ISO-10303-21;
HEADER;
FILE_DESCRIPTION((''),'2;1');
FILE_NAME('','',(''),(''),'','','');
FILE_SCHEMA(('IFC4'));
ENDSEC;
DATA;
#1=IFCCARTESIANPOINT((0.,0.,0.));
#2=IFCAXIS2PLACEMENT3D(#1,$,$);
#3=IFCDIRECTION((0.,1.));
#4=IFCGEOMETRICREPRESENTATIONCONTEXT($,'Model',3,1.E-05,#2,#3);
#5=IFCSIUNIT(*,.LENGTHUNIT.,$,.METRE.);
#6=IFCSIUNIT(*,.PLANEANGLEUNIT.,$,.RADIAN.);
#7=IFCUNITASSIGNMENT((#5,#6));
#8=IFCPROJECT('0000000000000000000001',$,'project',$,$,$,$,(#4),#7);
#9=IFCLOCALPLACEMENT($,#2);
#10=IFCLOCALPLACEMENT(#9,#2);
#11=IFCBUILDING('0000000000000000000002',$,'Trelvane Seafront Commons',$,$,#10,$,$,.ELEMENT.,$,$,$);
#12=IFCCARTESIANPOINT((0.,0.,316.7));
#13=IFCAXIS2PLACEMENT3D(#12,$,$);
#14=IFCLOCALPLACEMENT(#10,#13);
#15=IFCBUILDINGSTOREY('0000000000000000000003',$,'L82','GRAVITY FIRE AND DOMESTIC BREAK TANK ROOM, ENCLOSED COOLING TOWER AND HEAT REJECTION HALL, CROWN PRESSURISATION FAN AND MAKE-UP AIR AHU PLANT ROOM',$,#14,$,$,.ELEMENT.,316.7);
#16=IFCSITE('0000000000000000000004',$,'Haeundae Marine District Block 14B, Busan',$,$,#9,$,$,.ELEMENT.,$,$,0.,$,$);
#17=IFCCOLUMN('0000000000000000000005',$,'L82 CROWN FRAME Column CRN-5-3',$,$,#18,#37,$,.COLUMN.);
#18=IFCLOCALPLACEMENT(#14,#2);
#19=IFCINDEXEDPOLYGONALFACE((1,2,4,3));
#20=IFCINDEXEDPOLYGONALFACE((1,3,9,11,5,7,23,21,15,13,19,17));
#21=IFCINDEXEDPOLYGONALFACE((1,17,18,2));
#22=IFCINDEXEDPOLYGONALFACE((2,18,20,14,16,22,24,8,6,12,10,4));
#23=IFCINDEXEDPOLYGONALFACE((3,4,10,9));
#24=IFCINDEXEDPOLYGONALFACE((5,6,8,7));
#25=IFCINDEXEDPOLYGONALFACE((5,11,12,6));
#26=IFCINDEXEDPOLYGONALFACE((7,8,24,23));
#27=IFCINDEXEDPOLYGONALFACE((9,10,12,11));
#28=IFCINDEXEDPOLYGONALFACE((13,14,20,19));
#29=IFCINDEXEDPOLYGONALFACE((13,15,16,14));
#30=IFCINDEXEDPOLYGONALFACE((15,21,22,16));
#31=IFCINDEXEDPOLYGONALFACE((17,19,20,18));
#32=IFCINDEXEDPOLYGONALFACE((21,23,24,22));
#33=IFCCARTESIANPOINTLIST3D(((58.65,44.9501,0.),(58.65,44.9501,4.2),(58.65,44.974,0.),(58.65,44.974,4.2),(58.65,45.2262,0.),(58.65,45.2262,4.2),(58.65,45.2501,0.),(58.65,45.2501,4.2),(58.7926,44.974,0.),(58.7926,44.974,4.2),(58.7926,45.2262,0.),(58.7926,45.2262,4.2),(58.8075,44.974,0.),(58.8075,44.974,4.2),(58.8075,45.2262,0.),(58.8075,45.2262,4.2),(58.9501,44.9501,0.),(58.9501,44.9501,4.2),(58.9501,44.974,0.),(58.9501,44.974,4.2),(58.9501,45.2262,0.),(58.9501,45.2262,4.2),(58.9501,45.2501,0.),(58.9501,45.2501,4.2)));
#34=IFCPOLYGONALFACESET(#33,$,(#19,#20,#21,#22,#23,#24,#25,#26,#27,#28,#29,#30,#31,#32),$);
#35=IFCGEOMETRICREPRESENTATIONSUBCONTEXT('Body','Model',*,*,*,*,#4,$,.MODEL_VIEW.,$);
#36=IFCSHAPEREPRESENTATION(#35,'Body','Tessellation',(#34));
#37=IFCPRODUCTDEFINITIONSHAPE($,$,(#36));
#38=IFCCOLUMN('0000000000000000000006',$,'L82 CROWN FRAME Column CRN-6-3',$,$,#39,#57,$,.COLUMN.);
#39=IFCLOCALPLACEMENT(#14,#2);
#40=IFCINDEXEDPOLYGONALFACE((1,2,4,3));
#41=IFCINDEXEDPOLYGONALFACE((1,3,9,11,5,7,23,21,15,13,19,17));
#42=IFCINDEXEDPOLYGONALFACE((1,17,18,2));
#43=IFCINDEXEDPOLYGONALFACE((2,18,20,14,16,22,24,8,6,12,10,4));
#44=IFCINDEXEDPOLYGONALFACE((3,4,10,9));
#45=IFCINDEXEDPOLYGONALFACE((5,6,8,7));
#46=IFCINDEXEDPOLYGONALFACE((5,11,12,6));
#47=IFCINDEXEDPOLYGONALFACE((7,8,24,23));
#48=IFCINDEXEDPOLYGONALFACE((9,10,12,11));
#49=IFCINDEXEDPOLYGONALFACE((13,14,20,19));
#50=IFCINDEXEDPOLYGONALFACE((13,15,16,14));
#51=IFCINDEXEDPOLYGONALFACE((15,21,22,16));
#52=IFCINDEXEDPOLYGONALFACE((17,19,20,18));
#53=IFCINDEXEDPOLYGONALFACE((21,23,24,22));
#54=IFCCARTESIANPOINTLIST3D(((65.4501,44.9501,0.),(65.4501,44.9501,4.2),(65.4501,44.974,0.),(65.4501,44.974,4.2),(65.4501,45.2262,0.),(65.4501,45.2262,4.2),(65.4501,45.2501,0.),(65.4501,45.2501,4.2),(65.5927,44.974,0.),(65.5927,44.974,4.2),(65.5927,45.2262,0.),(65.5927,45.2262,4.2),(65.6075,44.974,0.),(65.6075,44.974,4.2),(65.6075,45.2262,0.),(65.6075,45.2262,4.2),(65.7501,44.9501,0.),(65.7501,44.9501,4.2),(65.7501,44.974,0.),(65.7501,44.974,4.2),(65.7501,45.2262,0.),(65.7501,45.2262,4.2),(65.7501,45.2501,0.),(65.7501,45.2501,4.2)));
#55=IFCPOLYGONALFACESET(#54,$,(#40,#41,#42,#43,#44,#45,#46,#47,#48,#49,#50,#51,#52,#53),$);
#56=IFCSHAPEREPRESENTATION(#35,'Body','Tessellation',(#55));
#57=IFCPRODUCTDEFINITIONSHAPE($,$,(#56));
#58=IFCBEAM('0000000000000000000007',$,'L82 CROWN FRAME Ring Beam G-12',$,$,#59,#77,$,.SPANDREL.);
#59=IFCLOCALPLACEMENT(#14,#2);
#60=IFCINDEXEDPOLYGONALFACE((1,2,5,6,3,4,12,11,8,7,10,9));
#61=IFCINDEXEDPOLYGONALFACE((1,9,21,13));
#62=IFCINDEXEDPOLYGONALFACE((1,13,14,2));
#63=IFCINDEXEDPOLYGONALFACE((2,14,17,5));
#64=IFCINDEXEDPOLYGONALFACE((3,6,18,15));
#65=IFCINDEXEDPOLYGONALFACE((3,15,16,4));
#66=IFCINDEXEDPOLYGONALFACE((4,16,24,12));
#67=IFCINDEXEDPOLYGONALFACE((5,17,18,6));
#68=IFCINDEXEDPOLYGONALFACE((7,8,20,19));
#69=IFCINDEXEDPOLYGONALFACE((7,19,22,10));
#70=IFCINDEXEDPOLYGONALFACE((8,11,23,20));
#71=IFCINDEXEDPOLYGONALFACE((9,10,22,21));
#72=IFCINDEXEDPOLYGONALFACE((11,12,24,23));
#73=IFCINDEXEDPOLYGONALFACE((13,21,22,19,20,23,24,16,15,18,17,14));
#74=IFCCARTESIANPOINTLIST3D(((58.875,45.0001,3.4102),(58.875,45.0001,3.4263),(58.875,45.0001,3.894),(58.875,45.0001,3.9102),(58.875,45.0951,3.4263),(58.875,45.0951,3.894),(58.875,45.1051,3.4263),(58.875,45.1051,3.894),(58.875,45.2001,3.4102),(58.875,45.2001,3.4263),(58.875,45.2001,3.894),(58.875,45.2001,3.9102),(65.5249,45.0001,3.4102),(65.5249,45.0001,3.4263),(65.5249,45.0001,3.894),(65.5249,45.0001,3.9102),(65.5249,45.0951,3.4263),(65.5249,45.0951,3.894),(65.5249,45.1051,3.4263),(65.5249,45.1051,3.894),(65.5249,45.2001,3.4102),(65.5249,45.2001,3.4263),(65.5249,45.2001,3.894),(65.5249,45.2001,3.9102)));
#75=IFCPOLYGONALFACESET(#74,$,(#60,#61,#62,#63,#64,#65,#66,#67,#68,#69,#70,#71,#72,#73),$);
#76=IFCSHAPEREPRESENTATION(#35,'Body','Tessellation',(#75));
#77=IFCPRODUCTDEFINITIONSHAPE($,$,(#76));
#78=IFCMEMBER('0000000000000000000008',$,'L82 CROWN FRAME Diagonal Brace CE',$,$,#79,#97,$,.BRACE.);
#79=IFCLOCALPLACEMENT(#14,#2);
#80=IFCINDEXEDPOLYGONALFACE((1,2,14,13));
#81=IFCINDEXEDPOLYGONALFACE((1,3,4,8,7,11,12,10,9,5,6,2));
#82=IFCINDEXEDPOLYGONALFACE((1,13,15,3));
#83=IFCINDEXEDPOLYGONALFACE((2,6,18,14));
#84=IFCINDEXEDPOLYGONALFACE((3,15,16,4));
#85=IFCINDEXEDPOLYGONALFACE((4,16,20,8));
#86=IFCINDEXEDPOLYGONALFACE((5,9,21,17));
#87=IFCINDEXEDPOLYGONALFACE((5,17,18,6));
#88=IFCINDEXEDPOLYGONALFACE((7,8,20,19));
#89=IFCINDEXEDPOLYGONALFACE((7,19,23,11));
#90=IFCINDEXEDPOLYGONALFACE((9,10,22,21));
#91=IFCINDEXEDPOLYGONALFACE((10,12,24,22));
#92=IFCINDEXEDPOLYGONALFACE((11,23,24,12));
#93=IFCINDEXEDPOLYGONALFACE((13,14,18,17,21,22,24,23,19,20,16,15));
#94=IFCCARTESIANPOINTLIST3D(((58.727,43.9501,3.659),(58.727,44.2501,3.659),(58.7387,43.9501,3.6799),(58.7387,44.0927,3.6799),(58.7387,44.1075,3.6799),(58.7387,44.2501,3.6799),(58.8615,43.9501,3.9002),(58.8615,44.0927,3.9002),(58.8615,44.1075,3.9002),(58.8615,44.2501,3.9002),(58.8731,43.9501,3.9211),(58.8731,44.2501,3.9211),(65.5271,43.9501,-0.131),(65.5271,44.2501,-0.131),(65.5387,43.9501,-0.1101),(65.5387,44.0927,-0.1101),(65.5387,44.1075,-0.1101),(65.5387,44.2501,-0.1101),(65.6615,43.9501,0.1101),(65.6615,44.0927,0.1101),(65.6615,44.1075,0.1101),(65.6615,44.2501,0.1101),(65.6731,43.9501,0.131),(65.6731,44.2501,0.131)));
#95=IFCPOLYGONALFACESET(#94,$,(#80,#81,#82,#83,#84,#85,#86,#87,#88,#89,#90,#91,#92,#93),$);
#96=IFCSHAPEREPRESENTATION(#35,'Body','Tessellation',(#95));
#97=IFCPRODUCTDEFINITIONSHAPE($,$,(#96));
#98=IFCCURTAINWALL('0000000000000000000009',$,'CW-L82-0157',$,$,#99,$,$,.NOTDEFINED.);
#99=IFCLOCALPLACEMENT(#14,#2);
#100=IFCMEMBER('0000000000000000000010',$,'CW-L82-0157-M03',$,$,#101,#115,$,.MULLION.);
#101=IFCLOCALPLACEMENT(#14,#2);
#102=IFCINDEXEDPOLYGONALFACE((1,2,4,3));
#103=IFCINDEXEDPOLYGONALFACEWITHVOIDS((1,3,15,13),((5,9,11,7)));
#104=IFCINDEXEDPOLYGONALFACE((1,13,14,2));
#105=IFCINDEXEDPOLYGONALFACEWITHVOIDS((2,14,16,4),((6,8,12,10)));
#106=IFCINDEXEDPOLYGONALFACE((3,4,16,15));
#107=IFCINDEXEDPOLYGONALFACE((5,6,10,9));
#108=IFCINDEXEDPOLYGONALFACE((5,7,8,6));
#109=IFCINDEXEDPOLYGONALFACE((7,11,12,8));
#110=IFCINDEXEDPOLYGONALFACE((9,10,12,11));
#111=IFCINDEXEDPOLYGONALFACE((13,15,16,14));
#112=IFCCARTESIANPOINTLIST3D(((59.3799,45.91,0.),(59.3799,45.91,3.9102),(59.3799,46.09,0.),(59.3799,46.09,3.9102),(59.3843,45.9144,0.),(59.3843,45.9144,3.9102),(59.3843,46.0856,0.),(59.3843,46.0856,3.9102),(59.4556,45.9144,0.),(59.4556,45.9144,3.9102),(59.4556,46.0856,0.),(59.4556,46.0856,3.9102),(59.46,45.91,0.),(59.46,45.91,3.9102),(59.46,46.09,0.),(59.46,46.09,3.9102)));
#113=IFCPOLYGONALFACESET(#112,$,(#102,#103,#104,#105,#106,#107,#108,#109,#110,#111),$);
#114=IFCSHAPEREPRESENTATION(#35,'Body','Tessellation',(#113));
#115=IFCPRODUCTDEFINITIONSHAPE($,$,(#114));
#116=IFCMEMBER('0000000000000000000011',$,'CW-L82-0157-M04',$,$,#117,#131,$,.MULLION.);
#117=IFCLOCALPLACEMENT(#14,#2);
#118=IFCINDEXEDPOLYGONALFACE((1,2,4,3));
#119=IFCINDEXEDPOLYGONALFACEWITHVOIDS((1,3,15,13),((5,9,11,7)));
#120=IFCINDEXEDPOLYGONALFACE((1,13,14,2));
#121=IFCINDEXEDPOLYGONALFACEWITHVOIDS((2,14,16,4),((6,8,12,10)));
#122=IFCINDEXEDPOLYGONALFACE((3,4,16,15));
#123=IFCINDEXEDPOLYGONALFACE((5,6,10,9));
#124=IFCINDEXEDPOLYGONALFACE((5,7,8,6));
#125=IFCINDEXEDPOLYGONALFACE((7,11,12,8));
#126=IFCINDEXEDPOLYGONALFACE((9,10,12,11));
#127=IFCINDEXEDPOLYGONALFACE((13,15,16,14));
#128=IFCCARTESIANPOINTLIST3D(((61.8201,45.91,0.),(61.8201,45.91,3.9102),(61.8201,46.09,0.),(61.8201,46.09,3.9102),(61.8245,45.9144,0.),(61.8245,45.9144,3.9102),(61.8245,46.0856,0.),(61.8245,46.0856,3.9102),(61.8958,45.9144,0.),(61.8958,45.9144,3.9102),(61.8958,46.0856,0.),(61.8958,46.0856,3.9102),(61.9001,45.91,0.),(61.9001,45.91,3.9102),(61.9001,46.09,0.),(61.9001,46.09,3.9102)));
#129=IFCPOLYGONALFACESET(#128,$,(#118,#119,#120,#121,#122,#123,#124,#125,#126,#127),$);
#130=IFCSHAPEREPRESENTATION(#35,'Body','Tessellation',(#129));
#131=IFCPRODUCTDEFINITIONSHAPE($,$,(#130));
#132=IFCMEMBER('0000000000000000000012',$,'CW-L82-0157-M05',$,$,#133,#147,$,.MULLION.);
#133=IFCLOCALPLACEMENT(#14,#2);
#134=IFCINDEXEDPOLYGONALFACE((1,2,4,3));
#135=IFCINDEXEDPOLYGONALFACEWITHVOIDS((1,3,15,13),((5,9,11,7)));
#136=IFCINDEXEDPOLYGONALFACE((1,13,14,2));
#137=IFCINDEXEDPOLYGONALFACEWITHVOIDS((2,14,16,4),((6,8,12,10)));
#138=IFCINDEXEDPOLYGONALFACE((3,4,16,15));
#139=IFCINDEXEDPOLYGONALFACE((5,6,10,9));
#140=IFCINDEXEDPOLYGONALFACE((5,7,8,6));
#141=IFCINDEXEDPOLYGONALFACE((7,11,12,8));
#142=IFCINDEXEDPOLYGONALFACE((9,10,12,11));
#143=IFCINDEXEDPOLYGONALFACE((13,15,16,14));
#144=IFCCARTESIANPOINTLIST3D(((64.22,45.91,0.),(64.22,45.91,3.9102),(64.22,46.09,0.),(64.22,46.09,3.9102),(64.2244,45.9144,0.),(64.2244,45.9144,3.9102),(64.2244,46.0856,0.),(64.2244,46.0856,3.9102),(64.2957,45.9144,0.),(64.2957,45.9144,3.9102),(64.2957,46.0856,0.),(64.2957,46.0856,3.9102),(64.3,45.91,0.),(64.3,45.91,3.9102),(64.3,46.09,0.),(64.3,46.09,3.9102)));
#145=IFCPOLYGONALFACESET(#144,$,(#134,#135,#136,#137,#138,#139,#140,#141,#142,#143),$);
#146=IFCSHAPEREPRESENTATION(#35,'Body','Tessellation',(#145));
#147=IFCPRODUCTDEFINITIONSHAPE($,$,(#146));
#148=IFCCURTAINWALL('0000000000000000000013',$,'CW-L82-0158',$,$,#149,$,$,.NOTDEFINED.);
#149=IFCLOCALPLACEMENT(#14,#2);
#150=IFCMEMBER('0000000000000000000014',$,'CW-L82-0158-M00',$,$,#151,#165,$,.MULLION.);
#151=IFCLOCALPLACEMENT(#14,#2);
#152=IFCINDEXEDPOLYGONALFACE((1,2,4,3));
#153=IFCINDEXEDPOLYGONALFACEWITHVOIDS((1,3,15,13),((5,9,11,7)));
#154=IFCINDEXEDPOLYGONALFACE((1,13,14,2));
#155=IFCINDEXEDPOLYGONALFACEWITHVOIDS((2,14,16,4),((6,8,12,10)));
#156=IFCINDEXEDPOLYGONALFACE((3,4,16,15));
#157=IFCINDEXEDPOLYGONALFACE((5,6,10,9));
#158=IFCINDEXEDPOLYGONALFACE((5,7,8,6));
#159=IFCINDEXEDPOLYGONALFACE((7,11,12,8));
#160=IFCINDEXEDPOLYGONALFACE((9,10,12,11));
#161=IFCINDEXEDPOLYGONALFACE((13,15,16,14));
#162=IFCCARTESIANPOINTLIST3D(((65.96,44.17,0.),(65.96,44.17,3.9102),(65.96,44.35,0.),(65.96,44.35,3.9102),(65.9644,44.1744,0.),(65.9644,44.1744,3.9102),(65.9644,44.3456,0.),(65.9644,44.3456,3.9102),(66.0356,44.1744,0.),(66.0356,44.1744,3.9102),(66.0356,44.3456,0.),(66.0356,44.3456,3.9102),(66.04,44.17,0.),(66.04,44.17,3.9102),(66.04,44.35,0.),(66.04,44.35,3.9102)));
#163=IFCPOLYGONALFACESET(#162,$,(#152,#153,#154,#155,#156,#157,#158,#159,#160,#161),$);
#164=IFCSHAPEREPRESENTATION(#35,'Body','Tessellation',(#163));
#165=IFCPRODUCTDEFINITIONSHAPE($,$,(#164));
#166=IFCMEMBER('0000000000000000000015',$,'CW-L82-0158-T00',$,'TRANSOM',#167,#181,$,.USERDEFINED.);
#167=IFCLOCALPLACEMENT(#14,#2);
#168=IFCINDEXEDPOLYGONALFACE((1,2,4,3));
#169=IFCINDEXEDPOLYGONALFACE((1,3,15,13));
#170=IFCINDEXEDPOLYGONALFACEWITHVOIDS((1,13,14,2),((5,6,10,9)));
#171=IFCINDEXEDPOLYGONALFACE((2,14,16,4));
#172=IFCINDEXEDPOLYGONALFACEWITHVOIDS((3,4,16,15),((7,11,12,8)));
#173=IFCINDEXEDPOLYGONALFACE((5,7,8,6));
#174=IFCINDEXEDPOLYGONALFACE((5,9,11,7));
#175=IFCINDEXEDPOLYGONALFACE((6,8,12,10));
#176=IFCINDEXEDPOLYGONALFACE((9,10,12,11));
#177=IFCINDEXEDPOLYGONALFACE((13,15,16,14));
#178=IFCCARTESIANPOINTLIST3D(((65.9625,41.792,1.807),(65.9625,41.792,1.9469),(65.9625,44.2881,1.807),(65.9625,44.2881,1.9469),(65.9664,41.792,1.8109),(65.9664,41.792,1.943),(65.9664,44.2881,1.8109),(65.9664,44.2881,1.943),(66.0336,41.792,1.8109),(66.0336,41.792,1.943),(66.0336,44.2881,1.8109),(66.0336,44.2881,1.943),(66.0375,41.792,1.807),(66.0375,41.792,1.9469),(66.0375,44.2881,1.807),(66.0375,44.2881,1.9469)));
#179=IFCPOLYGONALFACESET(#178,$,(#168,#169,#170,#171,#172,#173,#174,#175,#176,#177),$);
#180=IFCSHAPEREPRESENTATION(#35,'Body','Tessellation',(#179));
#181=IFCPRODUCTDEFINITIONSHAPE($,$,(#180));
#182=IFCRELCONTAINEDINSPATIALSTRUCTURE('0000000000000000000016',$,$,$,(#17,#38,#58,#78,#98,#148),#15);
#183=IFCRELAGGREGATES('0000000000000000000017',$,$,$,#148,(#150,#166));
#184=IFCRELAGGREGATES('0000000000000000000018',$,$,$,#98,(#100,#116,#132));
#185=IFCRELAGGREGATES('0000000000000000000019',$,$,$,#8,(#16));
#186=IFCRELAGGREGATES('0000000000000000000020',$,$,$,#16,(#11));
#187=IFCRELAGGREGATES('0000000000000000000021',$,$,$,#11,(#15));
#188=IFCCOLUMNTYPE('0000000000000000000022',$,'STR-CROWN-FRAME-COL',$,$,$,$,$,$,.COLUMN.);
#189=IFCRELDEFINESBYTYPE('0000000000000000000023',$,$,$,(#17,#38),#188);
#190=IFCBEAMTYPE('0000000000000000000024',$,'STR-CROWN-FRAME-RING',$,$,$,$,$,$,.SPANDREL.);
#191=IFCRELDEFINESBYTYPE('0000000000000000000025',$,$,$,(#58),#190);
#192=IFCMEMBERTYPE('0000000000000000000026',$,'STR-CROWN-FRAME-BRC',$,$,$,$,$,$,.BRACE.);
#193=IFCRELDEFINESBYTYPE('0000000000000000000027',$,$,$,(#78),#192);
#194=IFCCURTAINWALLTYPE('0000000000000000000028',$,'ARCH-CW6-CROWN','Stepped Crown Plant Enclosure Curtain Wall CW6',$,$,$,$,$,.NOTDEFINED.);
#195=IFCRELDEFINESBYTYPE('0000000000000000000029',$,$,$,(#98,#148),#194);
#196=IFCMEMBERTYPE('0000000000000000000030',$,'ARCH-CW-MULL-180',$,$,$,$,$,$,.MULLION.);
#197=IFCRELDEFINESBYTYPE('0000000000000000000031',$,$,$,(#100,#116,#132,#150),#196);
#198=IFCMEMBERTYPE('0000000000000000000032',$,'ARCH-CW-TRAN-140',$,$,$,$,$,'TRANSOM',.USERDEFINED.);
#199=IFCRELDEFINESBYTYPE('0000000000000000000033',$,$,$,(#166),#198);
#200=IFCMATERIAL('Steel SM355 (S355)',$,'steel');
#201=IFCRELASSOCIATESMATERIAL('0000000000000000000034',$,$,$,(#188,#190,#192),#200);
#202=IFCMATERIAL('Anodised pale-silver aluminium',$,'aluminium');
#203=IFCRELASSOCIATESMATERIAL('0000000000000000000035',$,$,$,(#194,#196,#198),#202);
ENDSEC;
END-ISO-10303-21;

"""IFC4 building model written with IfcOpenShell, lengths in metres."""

from ifc_helpers import new_model, si_unit, direction, frame, origin, origin_2d, place, context, subcontext, project, spatial, hollow_rectangle, i_section, extrude, source, transform, mapped, material, material_profile, profile_set, type_object, element, aggregate, save


model = new_model("IFC4")

# Units and contexts
model_context = context("Model", 3, precision=1e-05, world=origin(), true_north=direction((0.0, 1.0)))
body_context = subcontext(model_context, "Body", "Model", "MODEL_VIEW")
ifc_project = project(units=[si_unit("LENGTHUNIT", "METRE"), si_unit("PLANEANGLEUNIT", "RADIAN")], contexts=[model_context])

# Site, building, storey
site_placement = place(None, origin())
site = spatial("IfcSite", under=ifc_project, at=site_placement, Name="Haeundae Marine District Block 14B, Busan", CompositionType="ELEMENT", RefElevation=0.0)
building_placement = place(site_placement, origin())
building = spatial("IfcBuilding", under=site, at=building_placement, Name="Trelvane Seafront Commons", CompositionType="ELEMENT")
storey_placement = place(building_placement, frame((0.0, 0.0, 316.7)))
storey = spatial("IfcBuildingStorey", under=building, at=storey_placement, Name="L82", Description="GRAVITY FIRE AND DOMESTIC BREAK TANK ROOM, ENCLOSED COOLING TOWER AND HEAT REJECTION HALL, CROWN PRESSURISATION FAN AND MAKE-UP AIR AHU PLANT ROOM", CompositionType="ELEMENT", Elevation=316.7)

# Columns
ifc_material_1 = material(Name="Steel SM355 (S355)", Category="steel")
ifc_material_profile_1 = material_profile(ifc_material_1, i_section(OverallWidth=0.3, OverallDepth=0.3, WebThickness=0.0149, FlangeThickness=0.0239, at=origin_2d()), Name="HD-300x300x15x24")
ifc_profile_set_1 = profile_set([ifc_material_profile_1], Name="Steel SM355 (S355)")
column_type = type_object("IfcColumnType", Name="STR-CROWN-FRAME-COL", PredefinedType="COLUMN", material=ifc_profile_set_1)
shared_shape_1 = source(origin(), body_context, "Body", "SweptSolid", [
    extrude(i_section(OverallWidth=0.3, OverallDepth=0.3, WebThickness=0.0149, FlangeThickness=0.0239, at=origin_2d()), origin(), (0.0, 0.0, 1.0), 4.2),
])
for number, where, z_axis, x_axis, name in (
    (1, (58.8, 45.1001, 0.0), (0.0, 0.0, 1.0), (1.0, 0.0, 0.0), "L82 CROWN FRAME Column CRN-5-3"),
    (2, (65.6001, 45.1001, 0.0), (0.0, 0.0, 1.0), (1.0, 0.0, 0.0), "L82 CROWN FRAME Column CRN-6-3"),
):
    element("IfcColumn", number, at=place(storey_placement, frame(where, z_axis=z_axis, x_axis=x_axis)), inside=storey, type_object=column_type, Name=name, PredefinedType="COLUMN", context=body_context, shape_type="MappedRepresentation", body=[
        mapped(shared_shape_1, transform((0.0, 0.0, 0.0), x_axis=(1.0, 0.0, 0.0), y_axis=(0.0, 1.0, 0.0), z_axis=(0.0, 0.0, 1.0), scale=1.0)),
    ])

# Beam
ifc_material_profile_2 = material_profile(ifc_material_1, i_section(OverallWidth=0.2, OverallDepth=0.5, WebThickness=0.01, FlangeThickness=0.0161, at=origin_2d()), Name="H-500x200x10x16")
ifc_profile_set_2 = profile_set([ifc_material_profile_2], Name="Steel SM355 (S355)")
beam_type = type_object("IfcBeamType", Name="STR-CROWN-FRAME-RING", PredefinedType="SPANDREL", material=ifc_profile_set_2)
shared_shape_2 = source(origin(), body_context, "Body", "SweptSolid", [
    extrude(i_section(OverallWidth=0.2, OverallDepth=0.5, WebThickness=0.01, FlangeThickness=0.0161, at=origin_2d()), origin(), (0.0, 0.0, 1.0), 6.6499),
])
beam_placement = place(storey_placement, frame((58.875, 45.1001, 3.6602), z_axis=(1.0, 0.0, 0.0), x_axis=(0.0, 1.0, 0.0)))
element("IfcBeam", 3, at=beam_placement, inside=storey, type_object=beam_type, Name="L82 CROWN FRAME Ring Beam G-12", PredefinedType="SPANDREL", context=body_context, shape_type="MappedRepresentation", body=[
    mapped(shared_shape_2, transform((0.0, 0.0, 0.0), x_axis=(1.0, 0.0, 0.0), y_axis=(0.0, 1.0, 0.0), z_axis=(0.0, 0.0, 1.0), scale=1.0)),
])

# Member
ifc_material_profile_3 = material_profile(ifc_material_1, i_section(OverallWidth=0.3, OverallDepth=0.3, WebThickness=0.0149, FlangeThickness=0.0239, at=origin_2d()), Name="HD-300x300x15x24")
ifc_profile_set_3 = profile_set([ifc_material_profile_3], Name="Steel SM355 (S355)")
member_type_1 = type_object("IfcMemberType", Name="STR-CROWN-FRAME-BRC", PredefinedType="BRACE", material=ifc_profile_set_3)
shared_shape_3 = source(origin(), body_context, "Body", "SweptSolid", [
    extrude(i_section(OverallWidth=0.3, OverallDepth=0.3, WebThickness=0.0149, FlangeThickness=0.0239, at=origin_2d()), origin(), (0.0, 0.0, 1.0), 7.7849),
])
member_1_placement = place(storey_placement, frame((65.6001, 44.1001, 0.0), z_axis=(-0.873489, 0.0, 0.486843), x_axis=(0.0, -1.0, 0.0)))
element("IfcMember", 4, at=member_1_placement, inside=storey, type_object=member_type_1, Name="L82 CROWN FRAME Diagonal Brace CE", PredefinedType="BRACE", context=body_context, shape_type="MappedRepresentation", body=[
    mapped(shared_shape_3, transform((0.0, 0.0, 0.0), x_axis=(1.0, 0.0, 0.0), y_axis=(0.0, 1.0, 0.0), z_axis=(0.0, 0.0, 1.0), scale=1.0)),
])

# Curtain walls, members
ifc_material_2 = material(Name="Anodised pale-silver aluminium", Category="aluminium")
curtain_wall_type = type_object("IfcCurtainWallType", Name="ARCH-CW6-CROWN", Description="Stepped Crown Plant Enclosure Curtain Wall CW6", PredefinedType="NOTDEFINED", material=ifc_material_2)
curtain_wall_1_placement = place(storey_placement, origin())
curtain_wall_1 = element("IfcCurtainWall", 5, at=curtain_wall_1_placement, inside=storey, type_object=curtain_wall_type, Name="CW-L82-0157", PredefinedType="NOTDEFINED")
ifc_material_profile_4 = material_profile(ifc_material_2, hollow_rectangle(XDim=0.0801, YDim=0.1799, WallThickness=0.0044, at=origin_2d()), Name="MULL-80x180x4.5")
ifc_profile_set_4 = profile_set([ifc_material_profile_4], Name="Anodised pale-silver aluminium")
member_type_2 = type_object("IfcMemberType", Name="ARCH-CW-MULL-180", PredefinedType="MULLION", material=ifc_profile_set_4)
shared_shape_4 = source(origin(), body_context, "Body", "SweptSolid", [
    extrude(hollow_rectangle(XDim=0.0801, YDim=0.1799, WallThickness=0.0044, at=origin_2d()), origin(), (0.0, 0.0, 1.0), 3.9102),
])
member_2_placement = place(storey_placement, frame((59.4199, 46.0, 0.0), z_axis=(0.0, 0.0, 1.0), x_axis=(1.0, 0.0, 0.0)))
member_2 = element("IfcMember", 6, at=member_2_placement, type_object=member_type_2, Name="CW-L82-0157-M03", PredefinedType="MULLION", context=body_context, shape_type="MappedRepresentation", body=[
    mapped(shared_shape_4, transform((0.0, 0.0, 0.0), x_axis=(1.0, 0.0, 0.0), y_axis=(0.0, 1.0, 0.0), z_axis=(0.0, 0.0, 1.0), scale=1.0)),
])
member_3_placement = place(storey_placement, frame((61.8601, 46.0, 0.0), z_axis=(0.0, 0.0, 1.0), x_axis=(1.0, 0.0, 0.0)))
member_3 = element("IfcMember", 7, at=member_3_placement, type_object=member_type_2, Name="CW-L82-0157-M04", PredefinedType="MULLION", context=body_context, shape_type="MappedRepresentation", body=[
    mapped(shared_shape_4, transform((0.0, 0.0, 0.0), x_axis=(1.0, 0.0, 0.0), y_axis=(0.0, 1.0, 0.0), z_axis=(0.0, 0.0, 1.0), scale=1.0)),
])
member_4_placement = place(storey_placement, frame((64.26, 46.0, 0.0), z_axis=(0.0, 0.0, 1.0), x_axis=(1.0, 0.0, 0.0)))
member_4 = element("IfcMember", 8, at=member_4_placement, type_object=member_type_2, Name="CW-L82-0157-M05", PredefinedType="MULLION", context=body_context, shape_type="MappedRepresentation", body=[
    mapped(shared_shape_4, transform((0.0, 0.0, 0.0), x_axis=(1.0, 0.0, 0.0), y_axis=(0.0, 1.0, 0.0), z_axis=(0.0, 0.0, 1.0), scale=1.0)),
])
curtain_wall_2_placement = place(storey_placement, origin())
curtain_wall_2 = element("IfcCurtainWall", 9, at=curtain_wall_2_placement, inside=storey, type_object=curtain_wall_type, Name="CW-L82-0158", PredefinedType="NOTDEFINED")
member_5_placement = place(storey_placement, frame((66.0, 44.26, 0.0), z_axis=(0.0, 0.0, 1.0), x_axis=(1.0, 0.0, 0.0)))
member_5 = element("IfcMember", 10, at=member_5_placement, type_object=member_type_2, Name="CW-L82-0158-M00", PredefinedType="MULLION", context=body_context, shape_type="MappedRepresentation", body=[
    mapped(shared_shape_4, transform((0.0, 0.0, 0.0), x_axis=(1.0, 0.0, 0.0), y_axis=(0.0, 1.0, 0.0), z_axis=(0.0, 0.0, 1.0), scale=1.0)),
])
ifc_material_profile_5 = material_profile(ifc_material_2, hollow_rectangle(XDim=0.075, YDim=0.1399, WallThickness=0.0039, at=origin_2d()), Name="TRAN-75x140x4")
ifc_profile_set_5 = profile_set([ifc_material_profile_5], Name="Anodised pale-silver aluminium")
member_type_3 = type_object("IfcMemberType", Name="ARCH-CW-TRAN-140", ElementType="TRANSOM", PredefinedType="USERDEFINED", material=ifc_profile_set_5)
shared_shape_5 = source(origin(), body_context, "Body", "SweptSolid", [
    extrude(hollow_rectangle(XDim=0.075, YDim=0.1399, WallThickness=0.0039, at=origin_2d()), origin(), (0.0, 0.0, 1.0), 2.4961),
])
member_6_placement = place(storey_placement, frame((66.0, 44.2881, 1.877), z_axis=(0.0, -1.0, 0.0), x_axis=(1.0, 0.0, 0.0)))
member_6 = element("IfcMember", 11, at=member_6_placement, type_object=member_type_3, Name="CW-L82-0158-T00", ObjectType="TRANSOM", PredefinedType="USERDEFINED", context=body_context, shape_type="MappedRepresentation", body=[
    mapped(shared_shape_5, transform((0.0, 0.0, 0.0), x_axis=(1.0, 0.0, 0.0), y_axis=(0.0, 1.0, 0.0), z_axis=(0.0, 0.0, 1.0), scale=1.0)),
])
aggregate(curtain_wall_2, [member_5, member_6])

aggregate(curtain_wall_1, [member_2, member_3, member_4])

save(model, "model.ifc")
